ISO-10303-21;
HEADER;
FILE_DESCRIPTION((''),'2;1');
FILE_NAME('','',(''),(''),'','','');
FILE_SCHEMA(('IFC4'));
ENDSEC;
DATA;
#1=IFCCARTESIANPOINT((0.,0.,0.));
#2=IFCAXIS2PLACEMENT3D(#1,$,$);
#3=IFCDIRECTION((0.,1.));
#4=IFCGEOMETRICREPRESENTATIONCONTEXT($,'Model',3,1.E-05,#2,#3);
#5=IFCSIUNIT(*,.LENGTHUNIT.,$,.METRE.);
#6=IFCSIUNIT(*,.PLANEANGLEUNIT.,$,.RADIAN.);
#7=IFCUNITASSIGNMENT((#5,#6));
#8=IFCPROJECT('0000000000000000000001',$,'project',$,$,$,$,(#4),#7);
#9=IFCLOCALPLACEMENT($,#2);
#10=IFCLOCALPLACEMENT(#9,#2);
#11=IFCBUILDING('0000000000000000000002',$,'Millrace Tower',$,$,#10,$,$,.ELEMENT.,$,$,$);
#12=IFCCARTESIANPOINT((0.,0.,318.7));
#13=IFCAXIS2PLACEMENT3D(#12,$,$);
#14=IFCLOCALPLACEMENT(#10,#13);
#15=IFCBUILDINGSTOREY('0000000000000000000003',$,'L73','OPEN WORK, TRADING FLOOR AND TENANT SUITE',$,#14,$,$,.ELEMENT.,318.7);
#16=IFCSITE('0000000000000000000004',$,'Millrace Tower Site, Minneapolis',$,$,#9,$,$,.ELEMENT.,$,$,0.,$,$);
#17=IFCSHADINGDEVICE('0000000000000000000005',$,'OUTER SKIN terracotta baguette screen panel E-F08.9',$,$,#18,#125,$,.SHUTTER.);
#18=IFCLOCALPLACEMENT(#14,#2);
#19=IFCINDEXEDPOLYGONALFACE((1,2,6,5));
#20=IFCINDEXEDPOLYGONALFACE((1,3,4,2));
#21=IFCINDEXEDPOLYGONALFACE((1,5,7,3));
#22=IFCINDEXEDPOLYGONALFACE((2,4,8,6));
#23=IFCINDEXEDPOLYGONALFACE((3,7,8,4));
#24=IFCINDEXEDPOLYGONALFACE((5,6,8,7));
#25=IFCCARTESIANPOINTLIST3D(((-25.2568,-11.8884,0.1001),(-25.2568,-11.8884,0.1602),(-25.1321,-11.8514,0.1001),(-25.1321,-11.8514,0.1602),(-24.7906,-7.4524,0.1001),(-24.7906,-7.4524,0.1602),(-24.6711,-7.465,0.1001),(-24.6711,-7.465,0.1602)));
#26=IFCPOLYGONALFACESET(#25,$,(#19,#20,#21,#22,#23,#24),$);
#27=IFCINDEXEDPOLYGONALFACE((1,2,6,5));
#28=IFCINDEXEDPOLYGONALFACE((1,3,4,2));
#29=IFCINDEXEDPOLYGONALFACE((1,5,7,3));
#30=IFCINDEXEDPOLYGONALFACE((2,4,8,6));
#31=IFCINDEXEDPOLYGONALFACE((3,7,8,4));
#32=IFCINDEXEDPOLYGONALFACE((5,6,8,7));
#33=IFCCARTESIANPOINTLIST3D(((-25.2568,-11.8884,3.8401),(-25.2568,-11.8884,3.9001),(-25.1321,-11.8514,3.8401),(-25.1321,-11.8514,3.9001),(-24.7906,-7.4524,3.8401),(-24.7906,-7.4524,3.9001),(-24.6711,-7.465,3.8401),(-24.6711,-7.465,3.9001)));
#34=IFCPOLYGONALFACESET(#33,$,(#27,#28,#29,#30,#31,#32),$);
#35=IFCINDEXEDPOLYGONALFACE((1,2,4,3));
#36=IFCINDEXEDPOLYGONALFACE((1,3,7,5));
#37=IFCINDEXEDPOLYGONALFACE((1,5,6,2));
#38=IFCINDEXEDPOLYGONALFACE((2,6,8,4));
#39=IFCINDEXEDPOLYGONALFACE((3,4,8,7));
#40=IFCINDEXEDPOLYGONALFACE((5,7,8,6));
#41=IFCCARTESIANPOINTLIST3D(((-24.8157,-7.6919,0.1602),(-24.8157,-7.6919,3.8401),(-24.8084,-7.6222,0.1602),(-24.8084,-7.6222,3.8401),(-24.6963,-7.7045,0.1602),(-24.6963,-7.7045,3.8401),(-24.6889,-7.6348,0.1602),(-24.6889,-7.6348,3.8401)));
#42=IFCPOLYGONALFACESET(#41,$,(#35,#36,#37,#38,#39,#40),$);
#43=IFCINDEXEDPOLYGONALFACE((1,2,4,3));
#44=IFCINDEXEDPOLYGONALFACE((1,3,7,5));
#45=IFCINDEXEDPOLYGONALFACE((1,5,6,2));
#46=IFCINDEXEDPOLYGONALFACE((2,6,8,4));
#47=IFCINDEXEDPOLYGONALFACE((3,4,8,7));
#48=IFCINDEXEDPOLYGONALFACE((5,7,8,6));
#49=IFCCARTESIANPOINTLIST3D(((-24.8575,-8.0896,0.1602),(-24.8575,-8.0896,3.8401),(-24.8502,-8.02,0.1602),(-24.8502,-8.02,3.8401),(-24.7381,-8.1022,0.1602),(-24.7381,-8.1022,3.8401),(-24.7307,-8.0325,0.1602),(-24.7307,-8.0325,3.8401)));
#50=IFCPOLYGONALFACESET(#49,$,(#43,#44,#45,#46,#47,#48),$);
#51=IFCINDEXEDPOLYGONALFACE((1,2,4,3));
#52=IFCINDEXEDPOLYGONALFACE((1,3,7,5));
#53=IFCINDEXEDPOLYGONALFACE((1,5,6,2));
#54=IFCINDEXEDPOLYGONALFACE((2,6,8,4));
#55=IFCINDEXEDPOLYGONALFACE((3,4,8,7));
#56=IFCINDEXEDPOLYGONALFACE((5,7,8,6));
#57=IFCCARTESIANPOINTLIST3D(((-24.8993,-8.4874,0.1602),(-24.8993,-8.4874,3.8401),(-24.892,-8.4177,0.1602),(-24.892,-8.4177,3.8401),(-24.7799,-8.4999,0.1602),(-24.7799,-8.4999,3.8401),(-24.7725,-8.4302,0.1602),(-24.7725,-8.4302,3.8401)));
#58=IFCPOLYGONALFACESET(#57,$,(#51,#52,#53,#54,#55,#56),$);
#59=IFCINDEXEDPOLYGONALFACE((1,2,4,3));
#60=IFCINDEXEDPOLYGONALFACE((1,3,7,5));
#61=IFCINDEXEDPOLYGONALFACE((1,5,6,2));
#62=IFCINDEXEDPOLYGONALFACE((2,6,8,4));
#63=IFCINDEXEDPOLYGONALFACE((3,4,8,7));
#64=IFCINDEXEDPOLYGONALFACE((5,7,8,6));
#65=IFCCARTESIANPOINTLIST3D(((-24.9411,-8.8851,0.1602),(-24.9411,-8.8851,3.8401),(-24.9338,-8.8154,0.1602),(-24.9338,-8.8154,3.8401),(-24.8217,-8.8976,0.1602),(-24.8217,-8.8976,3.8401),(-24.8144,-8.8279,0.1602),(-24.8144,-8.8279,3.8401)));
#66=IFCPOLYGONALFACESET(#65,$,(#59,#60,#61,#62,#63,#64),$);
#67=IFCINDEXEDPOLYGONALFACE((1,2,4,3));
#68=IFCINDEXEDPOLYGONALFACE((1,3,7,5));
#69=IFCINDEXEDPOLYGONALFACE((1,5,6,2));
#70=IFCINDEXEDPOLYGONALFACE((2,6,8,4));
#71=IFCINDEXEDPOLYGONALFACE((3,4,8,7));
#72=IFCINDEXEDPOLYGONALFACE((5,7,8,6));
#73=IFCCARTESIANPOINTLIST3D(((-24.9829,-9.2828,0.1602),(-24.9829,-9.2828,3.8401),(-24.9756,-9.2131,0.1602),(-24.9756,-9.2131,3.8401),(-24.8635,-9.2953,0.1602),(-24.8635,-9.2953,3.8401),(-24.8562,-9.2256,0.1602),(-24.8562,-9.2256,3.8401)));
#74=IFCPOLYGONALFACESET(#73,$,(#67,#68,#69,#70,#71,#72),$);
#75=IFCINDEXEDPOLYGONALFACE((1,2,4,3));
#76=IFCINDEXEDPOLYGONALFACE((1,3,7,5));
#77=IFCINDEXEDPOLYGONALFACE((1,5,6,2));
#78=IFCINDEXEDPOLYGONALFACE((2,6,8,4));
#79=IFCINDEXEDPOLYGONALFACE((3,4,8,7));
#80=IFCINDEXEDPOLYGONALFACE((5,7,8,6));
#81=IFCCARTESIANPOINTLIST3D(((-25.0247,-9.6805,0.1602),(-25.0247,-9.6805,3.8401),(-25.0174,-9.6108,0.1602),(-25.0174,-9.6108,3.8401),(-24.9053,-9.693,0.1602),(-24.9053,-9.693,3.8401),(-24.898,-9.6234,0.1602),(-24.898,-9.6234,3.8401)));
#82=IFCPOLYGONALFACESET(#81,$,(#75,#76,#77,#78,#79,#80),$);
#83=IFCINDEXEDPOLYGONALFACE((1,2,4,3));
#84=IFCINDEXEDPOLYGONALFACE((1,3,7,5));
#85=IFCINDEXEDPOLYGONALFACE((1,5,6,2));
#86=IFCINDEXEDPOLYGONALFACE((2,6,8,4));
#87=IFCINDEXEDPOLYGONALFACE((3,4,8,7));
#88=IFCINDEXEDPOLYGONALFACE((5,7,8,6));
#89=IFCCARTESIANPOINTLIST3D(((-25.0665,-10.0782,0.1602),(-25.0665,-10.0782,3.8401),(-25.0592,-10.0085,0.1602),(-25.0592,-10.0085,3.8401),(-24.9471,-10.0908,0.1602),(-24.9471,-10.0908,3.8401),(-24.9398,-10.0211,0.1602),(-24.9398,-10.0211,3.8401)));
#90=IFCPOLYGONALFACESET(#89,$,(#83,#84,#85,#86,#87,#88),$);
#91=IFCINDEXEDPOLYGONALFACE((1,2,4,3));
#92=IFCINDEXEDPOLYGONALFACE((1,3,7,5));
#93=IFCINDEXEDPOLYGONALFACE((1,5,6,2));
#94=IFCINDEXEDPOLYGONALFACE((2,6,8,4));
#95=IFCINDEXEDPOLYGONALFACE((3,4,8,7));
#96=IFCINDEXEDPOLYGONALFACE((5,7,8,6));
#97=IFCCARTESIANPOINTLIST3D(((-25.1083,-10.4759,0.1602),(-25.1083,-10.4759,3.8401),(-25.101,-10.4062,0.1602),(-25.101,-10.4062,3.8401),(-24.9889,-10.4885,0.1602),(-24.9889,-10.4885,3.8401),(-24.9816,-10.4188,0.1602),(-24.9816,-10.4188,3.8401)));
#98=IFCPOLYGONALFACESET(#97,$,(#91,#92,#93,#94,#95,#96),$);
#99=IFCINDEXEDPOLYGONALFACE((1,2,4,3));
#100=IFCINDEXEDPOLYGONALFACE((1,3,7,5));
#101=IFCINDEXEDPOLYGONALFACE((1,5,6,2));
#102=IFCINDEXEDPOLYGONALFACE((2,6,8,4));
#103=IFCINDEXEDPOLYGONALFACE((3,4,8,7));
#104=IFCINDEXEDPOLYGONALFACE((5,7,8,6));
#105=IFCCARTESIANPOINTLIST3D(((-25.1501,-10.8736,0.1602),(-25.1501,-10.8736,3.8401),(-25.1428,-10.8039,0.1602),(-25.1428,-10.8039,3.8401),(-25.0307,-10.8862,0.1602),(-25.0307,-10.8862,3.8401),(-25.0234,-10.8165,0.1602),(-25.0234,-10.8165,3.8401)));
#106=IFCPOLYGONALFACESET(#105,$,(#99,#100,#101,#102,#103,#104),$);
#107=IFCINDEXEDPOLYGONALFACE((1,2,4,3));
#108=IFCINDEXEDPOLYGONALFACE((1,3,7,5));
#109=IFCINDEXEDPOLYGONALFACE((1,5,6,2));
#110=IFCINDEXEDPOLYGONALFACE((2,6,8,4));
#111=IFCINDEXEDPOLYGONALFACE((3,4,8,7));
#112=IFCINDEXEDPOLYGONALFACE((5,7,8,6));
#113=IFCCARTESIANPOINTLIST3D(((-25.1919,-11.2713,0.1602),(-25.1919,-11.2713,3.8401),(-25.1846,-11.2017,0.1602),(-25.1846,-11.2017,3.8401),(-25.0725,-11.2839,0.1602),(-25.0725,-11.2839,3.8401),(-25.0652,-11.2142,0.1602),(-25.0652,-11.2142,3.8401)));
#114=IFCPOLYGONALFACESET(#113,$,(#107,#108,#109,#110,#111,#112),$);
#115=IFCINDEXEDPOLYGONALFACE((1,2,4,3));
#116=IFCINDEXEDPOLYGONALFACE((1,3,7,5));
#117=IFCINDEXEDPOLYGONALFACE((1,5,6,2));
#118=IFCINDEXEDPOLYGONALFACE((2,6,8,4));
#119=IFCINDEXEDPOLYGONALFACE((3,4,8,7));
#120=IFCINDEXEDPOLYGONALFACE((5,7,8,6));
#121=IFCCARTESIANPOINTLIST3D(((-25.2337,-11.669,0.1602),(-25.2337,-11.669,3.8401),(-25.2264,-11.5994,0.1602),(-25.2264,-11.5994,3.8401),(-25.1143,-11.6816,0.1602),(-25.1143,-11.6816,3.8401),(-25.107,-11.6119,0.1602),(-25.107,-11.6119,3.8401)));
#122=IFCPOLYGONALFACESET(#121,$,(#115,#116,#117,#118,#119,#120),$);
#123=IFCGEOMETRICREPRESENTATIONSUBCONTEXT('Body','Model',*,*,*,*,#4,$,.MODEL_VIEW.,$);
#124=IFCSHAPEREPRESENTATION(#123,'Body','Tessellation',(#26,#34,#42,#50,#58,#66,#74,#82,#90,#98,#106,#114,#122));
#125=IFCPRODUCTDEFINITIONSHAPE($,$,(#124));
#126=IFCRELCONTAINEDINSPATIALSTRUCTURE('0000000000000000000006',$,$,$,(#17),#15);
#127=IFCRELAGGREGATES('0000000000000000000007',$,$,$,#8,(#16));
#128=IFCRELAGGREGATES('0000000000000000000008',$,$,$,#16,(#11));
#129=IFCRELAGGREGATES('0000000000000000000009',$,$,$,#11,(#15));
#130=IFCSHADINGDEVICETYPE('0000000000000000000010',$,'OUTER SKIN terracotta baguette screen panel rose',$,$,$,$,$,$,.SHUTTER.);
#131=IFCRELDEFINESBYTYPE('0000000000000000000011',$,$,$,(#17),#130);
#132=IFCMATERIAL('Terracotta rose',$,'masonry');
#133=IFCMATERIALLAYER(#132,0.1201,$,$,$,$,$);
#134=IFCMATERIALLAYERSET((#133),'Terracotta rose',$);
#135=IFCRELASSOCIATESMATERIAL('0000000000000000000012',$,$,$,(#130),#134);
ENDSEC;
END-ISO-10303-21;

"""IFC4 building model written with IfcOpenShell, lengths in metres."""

from ifc_helpers import new_model, entity, si_unit, direction, frame, frame_2d, origin, place, context, subcontext, project, spatial, rectangle, extrude, source, transform, mapped, material, layer, layer_set, type_object, element, save


model = new_model("IFC4")

# Units and contexts
model_context = context("Model", 3, precision=1e-05, world=origin(), true_north=direction((0.0, 1.0)))
body_context = subcontext(model_context, "Body", "Model", "MODEL_VIEW")
ifc_project = project(units=[si_unit("LENGTHUNIT", "METRE"), si_unit("PLANEANGLEUNIT", "RADIAN")], contexts=[model_context])

# Site, building, storey
site_placement = place(None, origin())
site = spatial("IfcSite", under=ifc_project, at=site_placement, Name="Millrace Tower Site, Minneapolis", CompositionType="ELEMENT", RefElevation=0.0)
building_placement = place(site_placement, origin())
building = spatial("IfcBuilding", under=site, at=building_placement, Name="Millrace Tower", CompositionType="ELEMENT")
storey_placement = place(building_placement, frame((0.0, 0.0, 318.7)))
storey = spatial("IfcBuildingStorey", under=building, at=storey_placement, Name="L73", Description="OPEN WORK, TRADING FLOOR AND TENANT SUITE", CompositionType="ELEMENT", Elevation=318.7)

# Shading device
ifc_material_1 = material(Name="Terracotta rose", Category="masonry")
ifc_layer_1 = layer(ifc_material_1, 0.1201)
ifc_layer_set_1 = layer_set([ifc_layer_1], Name="Terracotta rose")
shading_device_type = type_object("IfcShadingDeviceType", Name="OUTER SKIN terracotta baguette screen panel rose", PredefinedType="SHUTTER", material=ifc_layer_set_1)
cartesian_point_1 = entity("IfcCartesianPoint", [-2.2178, 0.0601])
shared_polyline_1 = entity("IfcPolyline", [cartesian_point_1, entity("IfcCartesianPoint", [2.1929, 0.0601]), entity("IfcCartesianPoint", [2.2427, -0.0601]), entity("IfcCartesianPoint", [-2.2178, -0.0601]), cartesian_point_1])
shared_shape_1 = source(origin(), body_context, "Body", "SweptSolid", [
    entity("IfcExtrudedAreaSolid", entity("IfcArbitraryClosedProfileDef", "AREA", None, shared_polyline_1), entity("IfcAxis2Placement3D", entity("IfcCartesianPoint", [0.0, 0.0, 0.0])), entity("IfcDirection", [0.0, 0.0, 1.0]), 0.0601),
    entity("IfcExtrudedAreaSolid", entity("IfcArbitraryClosedProfileDef", "AREA", None, shared_polyline_1), entity("IfcAxis2Placement3D", entity("IfcCartesianPoint", [0.0, 0.0, 3.74])), entity("IfcDirection", [0.0, 0.0, 1.0]), 0.0601),
    extrude(rectangle(XDim=0.0701, YDim=0.1201, at=frame_2d((-2.012, 0.0))), frame((0.0, 0.0, 0.0601)), (0.0, 0.0, 1.0), 3.6799),
    extrude(rectangle(XDim=0.0701, YDim=0.1201, at=frame_2d((-1.6121, 0.0))), frame((0.0, 0.0, 0.0601)), (0.0, 0.0, 1.0), 3.6799),
    extrude(rectangle(XDim=0.0701, YDim=0.1201, at=frame_2d((-1.2122, 0.0))), frame((0.0, 0.0, 0.0601)), (0.0, 0.0, 1.0), 3.6799),
    extrude(rectangle(XDim=0.0701, YDim=0.1201, at=frame_2d((-0.8123, 0.0))), frame((0.0, 0.0, 0.0601)), (0.0, 0.0, 1.0), 3.6799),
    extrude(rectangle(XDim=0.0701, YDim=0.1201, at=frame_2d((-0.4124, 0.0))), frame((0.0, 0.0, 0.0601)), (0.0, 0.0, 1.0), 3.6799),
    extrude(rectangle(XDim=0.0701, YDim=0.1201, at=frame_2d((-0.0125, 0.0))), frame((0.0, 0.0, 0.0601)), (0.0, 0.0, 1.0), 3.6799),
    extrude(rectangle(XDim=0.0701, YDim=0.1201, at=frame_2d((0.3875, 0.0))), frame((0.0, 0.0, 0.0601)), (0.0, 0.0, 1.0), 3.6799),
    extrude(rectangle(XDim=0.0701, YDim=0.1201, at=frame_2d((0.7874, 0.0))), frame((0.0, 0.0, 0.0601)), (0.0, 0.0, 1.0), 3.6799),
    extrude(rectangle(XDim=0.0701, YDim=0.1201, at=frame_2d((1.1873, 0.0))), frame((0.0, 0.0, 0.0601)), (0.0, 0.0, 1.0), 3.6799),
    extrude(rectangle(XDim=0.0701, YDim=0.1201, at=frame_2d((1.5872, 0.0))), frame((0.0, 0.0, 0.0601)), (0.0, 0.0, 1.0), 3.6799),
    extrude(rectangle(XDim=0.0701, YDim=0.1201, at=frame_2d((1.9871, 0.0))), frame((0.0, 0.0, 0.0601)), (0.0, 0.0, 1.0), 3.6799),
])
shading_device_placement = place(storey_placement, frame((-24.9626, -9.6643, 0.1001), z_axis=(0.0, 0.0, 1.0), x_axis=(-0.104528, -0.994522, 0.0)))
element("IfcShadingDevice", 1, at=shading_device_placement, inside=storey, type_object=shading_device_type, Name="OUTER SKIN terracotta baguette screen panel E-F08.9", PredefinedType="SHUTTER", context=body_context, shape_type="MappedRepresentation", body=[
    mapped(shared_shape_1, transform((0.0, 0.0, 0.0), scale=1.0)),
])

save(model, "model.ifc")
